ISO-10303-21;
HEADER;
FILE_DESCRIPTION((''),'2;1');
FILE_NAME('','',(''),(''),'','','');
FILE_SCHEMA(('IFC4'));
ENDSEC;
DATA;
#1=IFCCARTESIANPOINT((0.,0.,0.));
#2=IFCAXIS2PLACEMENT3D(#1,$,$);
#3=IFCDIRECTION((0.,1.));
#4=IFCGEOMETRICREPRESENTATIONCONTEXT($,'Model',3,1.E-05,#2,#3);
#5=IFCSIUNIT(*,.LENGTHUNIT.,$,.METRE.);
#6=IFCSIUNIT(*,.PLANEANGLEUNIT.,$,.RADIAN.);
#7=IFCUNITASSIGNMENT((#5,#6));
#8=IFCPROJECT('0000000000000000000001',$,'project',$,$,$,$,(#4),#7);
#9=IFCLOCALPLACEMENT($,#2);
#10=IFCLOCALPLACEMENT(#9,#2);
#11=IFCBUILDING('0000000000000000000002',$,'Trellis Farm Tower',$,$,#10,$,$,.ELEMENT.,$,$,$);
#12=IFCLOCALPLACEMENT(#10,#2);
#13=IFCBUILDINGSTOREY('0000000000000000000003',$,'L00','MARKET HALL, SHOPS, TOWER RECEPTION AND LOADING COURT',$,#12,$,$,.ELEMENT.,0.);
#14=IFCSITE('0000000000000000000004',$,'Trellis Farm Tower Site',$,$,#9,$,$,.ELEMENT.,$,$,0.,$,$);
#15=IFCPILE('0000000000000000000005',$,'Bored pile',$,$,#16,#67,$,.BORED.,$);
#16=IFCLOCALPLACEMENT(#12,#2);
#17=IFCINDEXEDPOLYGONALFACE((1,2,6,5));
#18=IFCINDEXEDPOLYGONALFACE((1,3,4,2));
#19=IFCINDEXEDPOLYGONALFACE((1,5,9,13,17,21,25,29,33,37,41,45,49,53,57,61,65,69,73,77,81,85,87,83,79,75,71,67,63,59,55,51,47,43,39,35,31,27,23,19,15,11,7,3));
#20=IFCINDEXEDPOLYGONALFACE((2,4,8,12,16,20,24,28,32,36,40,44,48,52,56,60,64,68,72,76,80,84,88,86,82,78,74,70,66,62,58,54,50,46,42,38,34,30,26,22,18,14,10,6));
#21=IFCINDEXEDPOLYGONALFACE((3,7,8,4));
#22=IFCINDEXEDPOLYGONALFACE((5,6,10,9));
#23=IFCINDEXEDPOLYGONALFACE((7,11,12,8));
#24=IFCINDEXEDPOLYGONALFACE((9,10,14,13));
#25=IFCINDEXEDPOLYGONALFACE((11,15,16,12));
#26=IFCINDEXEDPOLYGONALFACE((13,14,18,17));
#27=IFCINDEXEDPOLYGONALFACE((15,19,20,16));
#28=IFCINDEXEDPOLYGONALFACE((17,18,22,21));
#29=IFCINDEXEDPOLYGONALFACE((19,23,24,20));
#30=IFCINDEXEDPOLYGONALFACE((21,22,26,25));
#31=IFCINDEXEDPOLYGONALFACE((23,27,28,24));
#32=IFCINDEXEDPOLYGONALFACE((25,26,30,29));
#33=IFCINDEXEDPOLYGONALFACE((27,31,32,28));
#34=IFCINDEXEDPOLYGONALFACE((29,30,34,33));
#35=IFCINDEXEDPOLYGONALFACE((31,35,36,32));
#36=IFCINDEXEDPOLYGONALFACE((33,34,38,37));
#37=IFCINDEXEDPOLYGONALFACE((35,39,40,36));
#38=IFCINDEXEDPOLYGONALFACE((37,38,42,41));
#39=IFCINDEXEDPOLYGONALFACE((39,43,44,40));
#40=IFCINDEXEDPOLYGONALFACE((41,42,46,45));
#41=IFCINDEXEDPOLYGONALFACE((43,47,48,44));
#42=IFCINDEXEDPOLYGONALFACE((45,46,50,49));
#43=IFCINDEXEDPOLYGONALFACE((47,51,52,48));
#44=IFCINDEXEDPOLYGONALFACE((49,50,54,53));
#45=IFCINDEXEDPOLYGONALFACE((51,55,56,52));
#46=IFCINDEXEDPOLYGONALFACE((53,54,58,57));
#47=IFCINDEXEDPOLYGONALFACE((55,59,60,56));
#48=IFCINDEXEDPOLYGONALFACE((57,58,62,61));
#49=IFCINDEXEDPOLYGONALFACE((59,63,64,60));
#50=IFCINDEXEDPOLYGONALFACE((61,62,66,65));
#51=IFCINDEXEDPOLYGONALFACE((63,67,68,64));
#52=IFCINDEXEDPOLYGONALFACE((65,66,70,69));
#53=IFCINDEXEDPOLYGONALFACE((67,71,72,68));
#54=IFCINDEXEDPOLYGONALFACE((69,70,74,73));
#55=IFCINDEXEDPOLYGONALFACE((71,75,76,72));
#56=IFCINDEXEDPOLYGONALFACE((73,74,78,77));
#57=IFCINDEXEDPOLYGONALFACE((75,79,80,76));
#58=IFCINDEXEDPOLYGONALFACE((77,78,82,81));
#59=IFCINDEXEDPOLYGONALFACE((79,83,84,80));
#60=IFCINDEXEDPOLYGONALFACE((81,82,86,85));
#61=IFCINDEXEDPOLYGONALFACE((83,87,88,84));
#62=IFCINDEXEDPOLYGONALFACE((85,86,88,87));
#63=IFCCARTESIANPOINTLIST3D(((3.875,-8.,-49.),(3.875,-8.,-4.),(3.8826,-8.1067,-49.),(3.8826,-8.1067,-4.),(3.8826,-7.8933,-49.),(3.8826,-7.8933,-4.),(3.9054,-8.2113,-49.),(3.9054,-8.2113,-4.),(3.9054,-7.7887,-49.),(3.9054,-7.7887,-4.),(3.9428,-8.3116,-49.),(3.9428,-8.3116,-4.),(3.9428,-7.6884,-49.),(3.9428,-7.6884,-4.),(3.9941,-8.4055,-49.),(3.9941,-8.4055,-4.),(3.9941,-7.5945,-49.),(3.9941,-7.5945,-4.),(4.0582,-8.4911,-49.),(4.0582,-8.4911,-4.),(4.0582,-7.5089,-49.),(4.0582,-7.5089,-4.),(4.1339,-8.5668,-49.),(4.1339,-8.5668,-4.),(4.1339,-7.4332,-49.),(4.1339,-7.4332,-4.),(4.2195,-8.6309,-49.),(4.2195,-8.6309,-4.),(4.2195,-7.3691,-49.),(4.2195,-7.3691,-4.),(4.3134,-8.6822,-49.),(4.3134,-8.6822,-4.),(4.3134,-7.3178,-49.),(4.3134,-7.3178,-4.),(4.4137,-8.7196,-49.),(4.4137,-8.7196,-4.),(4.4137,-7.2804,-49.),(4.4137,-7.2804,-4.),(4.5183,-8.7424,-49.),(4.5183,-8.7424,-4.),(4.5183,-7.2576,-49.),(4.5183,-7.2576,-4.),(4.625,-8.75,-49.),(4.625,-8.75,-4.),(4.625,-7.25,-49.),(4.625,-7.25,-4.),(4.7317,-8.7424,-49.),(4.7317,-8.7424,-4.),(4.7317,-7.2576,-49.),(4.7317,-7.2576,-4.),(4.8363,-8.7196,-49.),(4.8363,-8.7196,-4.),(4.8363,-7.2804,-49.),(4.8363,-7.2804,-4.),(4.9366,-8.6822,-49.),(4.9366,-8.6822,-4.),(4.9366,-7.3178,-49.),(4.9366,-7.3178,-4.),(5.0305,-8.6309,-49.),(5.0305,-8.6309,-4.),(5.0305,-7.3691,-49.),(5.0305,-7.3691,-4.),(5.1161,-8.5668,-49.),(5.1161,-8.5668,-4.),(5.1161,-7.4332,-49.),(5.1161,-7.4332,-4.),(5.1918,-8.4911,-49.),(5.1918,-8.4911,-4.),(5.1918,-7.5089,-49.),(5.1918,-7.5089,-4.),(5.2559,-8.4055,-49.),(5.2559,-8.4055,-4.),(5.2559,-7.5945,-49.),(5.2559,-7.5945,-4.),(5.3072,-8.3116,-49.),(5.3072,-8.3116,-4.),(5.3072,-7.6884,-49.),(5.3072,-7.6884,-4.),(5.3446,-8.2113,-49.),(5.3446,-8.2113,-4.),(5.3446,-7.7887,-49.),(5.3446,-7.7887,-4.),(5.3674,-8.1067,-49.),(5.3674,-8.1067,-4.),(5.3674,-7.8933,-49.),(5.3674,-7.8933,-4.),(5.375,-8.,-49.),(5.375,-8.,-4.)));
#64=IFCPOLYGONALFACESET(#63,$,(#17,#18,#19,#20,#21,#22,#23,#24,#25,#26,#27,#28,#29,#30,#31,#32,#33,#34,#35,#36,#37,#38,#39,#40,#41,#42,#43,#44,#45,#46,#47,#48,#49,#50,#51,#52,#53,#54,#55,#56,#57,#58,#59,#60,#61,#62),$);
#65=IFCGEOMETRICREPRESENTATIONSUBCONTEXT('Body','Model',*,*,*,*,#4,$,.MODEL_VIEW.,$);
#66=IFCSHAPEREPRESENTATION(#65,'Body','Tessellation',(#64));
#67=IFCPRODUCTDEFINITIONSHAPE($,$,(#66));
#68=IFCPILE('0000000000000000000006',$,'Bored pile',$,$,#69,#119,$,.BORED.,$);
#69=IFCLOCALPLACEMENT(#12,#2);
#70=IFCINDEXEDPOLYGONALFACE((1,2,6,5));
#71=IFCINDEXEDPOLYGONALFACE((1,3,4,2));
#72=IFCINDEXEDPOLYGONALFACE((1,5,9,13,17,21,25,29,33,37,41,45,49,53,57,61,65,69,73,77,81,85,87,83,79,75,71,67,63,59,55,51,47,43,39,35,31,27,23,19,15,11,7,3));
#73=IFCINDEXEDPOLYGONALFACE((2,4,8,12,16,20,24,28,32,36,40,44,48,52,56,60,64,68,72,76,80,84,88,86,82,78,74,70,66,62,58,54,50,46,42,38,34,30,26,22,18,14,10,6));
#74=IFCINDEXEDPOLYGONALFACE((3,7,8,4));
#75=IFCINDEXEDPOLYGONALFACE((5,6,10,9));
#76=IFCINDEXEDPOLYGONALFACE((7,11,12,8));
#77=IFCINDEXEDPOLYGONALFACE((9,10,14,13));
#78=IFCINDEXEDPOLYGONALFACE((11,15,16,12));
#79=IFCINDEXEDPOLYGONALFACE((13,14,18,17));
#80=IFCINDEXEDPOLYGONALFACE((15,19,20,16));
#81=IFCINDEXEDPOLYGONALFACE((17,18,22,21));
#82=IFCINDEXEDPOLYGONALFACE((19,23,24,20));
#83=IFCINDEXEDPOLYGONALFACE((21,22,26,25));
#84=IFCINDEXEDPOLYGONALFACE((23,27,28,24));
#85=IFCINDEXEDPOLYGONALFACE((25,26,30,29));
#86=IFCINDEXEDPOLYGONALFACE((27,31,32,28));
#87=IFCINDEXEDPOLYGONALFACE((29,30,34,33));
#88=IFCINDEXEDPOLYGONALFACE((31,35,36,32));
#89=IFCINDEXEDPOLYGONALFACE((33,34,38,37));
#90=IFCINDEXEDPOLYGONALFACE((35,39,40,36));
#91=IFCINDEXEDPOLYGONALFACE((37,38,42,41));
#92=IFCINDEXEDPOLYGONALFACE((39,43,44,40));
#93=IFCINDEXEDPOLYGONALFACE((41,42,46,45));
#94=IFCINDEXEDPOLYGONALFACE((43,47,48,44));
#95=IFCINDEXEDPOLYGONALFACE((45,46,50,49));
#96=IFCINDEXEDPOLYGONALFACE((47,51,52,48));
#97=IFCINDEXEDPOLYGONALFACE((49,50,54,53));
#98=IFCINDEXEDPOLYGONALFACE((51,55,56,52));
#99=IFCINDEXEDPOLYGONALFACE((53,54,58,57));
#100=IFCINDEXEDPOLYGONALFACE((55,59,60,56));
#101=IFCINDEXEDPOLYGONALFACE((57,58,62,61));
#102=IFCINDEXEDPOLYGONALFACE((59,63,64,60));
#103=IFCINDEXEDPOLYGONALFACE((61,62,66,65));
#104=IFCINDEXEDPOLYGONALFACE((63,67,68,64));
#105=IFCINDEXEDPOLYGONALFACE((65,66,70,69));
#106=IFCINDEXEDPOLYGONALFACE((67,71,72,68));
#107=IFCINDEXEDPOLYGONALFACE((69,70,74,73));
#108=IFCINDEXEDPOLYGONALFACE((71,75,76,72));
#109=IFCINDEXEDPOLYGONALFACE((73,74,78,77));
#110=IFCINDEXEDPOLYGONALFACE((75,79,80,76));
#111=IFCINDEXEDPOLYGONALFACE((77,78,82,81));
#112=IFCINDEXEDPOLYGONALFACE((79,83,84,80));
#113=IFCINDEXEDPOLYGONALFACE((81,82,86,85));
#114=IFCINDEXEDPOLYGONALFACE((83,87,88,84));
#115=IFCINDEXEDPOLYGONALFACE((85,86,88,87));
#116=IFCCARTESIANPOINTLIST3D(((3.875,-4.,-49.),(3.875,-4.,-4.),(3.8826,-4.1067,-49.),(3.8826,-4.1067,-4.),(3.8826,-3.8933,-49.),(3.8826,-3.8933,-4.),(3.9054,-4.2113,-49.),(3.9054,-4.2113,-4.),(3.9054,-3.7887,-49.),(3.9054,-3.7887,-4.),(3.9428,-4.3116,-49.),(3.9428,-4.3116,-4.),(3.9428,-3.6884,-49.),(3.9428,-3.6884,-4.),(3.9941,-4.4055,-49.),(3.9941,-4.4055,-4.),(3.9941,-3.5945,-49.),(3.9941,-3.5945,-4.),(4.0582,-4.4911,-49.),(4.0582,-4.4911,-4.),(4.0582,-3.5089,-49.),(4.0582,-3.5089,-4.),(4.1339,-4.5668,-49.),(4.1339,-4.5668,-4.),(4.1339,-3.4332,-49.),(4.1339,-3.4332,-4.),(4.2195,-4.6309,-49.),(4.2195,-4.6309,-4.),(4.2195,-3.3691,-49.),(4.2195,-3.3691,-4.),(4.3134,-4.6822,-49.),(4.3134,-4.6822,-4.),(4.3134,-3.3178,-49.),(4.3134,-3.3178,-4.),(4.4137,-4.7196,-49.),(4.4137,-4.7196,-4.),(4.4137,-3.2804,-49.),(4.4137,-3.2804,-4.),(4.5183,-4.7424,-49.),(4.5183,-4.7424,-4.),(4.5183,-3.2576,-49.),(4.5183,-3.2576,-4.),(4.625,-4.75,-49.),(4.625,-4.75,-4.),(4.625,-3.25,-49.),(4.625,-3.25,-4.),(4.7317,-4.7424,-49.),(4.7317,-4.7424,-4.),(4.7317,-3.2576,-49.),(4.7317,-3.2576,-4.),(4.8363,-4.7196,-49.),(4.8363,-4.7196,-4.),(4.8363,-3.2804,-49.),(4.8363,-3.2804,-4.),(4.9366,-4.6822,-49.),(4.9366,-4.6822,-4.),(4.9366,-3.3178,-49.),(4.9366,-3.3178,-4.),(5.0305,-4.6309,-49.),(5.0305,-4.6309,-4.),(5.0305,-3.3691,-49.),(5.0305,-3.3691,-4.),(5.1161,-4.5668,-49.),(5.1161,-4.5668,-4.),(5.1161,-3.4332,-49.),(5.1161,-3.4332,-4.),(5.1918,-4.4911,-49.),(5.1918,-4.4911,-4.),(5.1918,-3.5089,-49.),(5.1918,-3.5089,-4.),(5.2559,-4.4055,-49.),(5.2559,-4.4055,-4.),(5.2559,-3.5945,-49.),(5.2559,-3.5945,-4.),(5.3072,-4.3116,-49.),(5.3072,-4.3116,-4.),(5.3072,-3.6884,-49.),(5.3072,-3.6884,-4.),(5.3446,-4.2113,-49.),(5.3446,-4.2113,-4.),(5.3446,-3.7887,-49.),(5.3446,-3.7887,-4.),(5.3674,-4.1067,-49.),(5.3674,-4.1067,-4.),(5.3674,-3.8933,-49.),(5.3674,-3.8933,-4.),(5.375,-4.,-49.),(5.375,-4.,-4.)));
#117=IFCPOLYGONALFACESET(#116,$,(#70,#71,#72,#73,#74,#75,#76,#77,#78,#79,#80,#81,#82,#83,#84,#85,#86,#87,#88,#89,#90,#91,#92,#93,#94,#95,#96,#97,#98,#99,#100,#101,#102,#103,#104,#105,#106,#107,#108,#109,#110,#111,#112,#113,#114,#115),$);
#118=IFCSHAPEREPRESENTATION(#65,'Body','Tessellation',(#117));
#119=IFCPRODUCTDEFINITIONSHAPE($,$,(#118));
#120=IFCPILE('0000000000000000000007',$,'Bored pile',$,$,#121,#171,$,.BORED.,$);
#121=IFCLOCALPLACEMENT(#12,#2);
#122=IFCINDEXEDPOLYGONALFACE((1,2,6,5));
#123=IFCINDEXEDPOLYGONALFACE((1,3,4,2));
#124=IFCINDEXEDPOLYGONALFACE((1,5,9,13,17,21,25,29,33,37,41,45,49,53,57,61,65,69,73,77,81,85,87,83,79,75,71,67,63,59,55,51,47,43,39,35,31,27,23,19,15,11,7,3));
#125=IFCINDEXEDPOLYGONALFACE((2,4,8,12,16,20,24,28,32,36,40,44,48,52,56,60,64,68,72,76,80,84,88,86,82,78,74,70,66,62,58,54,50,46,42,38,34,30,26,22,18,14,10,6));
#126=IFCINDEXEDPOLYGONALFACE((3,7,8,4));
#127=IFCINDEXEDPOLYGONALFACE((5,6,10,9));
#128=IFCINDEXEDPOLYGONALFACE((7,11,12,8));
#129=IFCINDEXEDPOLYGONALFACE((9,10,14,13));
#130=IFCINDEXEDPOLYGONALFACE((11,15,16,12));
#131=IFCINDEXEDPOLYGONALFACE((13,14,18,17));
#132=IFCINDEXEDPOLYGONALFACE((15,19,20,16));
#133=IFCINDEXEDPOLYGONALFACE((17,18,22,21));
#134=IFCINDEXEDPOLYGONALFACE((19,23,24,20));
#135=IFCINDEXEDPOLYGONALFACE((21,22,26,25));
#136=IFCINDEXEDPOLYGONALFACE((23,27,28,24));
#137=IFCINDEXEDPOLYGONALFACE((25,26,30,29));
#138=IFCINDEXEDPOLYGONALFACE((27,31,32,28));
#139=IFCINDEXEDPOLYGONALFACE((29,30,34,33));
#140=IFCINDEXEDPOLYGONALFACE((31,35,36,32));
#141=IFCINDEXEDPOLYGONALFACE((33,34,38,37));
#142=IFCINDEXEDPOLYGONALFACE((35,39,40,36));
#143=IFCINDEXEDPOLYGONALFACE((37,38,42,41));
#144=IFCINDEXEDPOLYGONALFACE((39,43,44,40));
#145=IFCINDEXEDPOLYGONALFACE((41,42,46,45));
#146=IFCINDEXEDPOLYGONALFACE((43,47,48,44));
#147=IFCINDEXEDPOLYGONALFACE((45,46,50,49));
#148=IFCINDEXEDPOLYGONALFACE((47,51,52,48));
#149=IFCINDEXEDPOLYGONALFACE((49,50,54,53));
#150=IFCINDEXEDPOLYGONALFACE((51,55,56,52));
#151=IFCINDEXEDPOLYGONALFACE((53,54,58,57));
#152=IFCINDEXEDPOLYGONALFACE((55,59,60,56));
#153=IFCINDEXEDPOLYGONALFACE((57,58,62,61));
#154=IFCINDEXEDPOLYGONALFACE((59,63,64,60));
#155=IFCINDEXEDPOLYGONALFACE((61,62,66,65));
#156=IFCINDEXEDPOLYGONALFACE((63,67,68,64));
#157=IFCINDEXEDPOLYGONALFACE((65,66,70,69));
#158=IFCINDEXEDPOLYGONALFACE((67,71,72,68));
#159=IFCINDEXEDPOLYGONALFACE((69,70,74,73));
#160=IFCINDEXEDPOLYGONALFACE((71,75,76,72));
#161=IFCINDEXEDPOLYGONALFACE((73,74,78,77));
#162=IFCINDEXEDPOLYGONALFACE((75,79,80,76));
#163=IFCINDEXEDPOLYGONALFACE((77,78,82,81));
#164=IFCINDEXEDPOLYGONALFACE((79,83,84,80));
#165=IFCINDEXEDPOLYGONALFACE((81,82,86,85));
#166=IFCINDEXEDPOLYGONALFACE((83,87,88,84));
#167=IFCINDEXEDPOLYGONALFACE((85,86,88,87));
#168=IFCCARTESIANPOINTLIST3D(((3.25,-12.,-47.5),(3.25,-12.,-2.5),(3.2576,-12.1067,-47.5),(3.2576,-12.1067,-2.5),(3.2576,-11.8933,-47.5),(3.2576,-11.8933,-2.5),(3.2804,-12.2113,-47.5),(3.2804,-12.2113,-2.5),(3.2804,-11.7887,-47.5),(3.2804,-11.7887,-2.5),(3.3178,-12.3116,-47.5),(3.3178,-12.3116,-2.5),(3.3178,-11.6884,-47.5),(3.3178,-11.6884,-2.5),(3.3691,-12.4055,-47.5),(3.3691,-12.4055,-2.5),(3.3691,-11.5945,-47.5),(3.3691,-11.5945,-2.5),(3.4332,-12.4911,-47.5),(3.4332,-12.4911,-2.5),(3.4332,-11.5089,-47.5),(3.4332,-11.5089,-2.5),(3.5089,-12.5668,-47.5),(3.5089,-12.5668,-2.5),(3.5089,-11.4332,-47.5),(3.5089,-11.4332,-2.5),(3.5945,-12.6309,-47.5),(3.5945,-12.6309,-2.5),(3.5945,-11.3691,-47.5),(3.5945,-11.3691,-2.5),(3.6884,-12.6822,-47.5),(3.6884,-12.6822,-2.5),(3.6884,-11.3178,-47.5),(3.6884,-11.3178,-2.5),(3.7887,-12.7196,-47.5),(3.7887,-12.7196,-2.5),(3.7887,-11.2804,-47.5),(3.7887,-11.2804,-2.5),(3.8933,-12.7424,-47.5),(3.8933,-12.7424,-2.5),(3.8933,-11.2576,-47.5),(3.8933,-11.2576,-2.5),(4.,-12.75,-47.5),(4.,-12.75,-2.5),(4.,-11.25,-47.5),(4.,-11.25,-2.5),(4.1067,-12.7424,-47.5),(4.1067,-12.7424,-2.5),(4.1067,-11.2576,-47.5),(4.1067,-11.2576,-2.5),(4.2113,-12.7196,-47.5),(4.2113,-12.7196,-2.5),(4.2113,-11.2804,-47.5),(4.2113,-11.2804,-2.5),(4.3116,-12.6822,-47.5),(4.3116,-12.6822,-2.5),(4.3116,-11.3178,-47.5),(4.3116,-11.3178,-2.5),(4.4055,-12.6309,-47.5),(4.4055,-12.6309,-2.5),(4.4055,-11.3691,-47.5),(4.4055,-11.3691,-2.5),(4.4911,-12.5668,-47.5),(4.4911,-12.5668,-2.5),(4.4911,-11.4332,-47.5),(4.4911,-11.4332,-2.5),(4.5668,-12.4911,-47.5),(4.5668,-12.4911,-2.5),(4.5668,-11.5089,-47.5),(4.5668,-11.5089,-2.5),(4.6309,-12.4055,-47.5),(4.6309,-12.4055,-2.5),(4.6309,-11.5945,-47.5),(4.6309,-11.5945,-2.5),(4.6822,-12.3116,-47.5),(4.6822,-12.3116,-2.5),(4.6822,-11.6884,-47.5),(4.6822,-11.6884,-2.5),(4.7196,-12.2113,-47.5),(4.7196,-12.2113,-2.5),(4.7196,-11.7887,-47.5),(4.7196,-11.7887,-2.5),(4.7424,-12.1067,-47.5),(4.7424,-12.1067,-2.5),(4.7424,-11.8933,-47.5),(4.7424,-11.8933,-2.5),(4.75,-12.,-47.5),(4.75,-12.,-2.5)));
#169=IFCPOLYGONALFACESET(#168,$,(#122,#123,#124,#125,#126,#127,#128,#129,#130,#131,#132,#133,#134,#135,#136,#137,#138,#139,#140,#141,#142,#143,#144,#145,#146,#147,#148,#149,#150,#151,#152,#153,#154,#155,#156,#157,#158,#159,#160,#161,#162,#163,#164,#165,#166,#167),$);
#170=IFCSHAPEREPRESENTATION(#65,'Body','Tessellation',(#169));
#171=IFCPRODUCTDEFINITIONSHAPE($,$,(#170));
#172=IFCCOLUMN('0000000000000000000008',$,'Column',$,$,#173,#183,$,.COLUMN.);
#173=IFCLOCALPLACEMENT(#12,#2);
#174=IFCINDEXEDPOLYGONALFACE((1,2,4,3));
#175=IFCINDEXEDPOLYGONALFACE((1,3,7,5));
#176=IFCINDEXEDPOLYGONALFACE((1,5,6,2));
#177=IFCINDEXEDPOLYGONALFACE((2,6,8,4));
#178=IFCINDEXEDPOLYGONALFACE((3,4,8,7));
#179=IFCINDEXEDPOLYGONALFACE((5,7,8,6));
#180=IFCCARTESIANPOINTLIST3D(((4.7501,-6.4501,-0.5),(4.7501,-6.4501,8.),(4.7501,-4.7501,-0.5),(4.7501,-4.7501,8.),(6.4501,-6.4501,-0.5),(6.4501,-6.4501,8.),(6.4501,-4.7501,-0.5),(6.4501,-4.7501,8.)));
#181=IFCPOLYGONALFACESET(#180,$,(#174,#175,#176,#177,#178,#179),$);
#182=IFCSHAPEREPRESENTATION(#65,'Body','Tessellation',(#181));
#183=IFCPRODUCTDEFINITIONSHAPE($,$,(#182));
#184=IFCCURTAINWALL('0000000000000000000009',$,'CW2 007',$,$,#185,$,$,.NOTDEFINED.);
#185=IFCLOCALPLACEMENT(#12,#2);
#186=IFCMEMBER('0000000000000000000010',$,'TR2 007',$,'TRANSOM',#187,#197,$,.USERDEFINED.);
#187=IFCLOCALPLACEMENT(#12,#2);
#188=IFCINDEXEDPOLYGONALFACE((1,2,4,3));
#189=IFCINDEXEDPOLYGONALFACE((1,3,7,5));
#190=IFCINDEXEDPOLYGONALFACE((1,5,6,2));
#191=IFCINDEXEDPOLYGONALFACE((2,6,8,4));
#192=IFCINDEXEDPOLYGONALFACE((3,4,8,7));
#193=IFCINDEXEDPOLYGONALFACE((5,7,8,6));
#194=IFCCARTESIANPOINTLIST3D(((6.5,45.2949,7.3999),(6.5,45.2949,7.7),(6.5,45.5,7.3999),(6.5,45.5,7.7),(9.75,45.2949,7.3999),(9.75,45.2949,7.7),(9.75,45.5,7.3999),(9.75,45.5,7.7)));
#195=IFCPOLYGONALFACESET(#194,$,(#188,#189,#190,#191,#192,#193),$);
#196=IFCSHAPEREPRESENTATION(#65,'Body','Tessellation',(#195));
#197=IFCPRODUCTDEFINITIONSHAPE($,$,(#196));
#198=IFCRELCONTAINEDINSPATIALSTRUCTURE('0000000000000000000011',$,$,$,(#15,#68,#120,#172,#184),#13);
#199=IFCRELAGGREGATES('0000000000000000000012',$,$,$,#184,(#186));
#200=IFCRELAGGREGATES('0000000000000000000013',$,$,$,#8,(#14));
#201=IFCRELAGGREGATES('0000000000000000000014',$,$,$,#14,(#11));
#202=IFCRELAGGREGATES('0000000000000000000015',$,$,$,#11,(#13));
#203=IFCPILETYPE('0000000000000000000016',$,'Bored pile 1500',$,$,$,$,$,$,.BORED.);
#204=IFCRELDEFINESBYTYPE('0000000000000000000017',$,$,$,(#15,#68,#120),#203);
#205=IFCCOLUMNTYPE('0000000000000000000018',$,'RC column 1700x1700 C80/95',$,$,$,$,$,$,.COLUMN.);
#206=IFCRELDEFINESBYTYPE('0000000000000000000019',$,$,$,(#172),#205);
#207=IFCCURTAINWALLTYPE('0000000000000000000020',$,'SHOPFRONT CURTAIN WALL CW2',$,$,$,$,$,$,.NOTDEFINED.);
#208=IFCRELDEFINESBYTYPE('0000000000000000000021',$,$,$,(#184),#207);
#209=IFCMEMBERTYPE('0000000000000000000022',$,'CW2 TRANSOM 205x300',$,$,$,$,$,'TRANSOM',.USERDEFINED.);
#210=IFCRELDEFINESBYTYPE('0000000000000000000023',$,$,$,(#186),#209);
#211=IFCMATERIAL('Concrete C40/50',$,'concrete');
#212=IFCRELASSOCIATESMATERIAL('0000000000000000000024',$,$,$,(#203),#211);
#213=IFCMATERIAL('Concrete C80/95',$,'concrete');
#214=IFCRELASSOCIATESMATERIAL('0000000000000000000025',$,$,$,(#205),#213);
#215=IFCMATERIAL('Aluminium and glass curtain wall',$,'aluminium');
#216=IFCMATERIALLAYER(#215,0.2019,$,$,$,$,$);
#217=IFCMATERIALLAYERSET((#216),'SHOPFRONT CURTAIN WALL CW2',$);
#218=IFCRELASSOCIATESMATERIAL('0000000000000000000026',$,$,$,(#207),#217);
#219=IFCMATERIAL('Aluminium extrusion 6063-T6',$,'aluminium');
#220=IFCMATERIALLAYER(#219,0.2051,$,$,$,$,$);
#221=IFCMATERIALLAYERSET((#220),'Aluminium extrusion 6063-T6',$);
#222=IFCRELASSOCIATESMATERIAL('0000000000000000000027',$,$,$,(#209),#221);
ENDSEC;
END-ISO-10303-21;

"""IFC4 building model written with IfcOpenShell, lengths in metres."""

from ifc_helpers import new_model, si_unit, direction, frame, origin, origin_2d, place, context, subcontext, project, spatial, polyline, rectangle, circle, outline, extrude, source, transform, mapped, material, layer, layer_set, material_profile, profile_set, type_object, element, aggregate, save


model = new_model("IFC4")

# Units and contexts
model_context = context("Model", 3, precision=1e-05, world=origin(), true_north=direction((0.0, 1.0)))
body_context = subcontext(model_context, "Body", "Model", "MODEL_VIEW")
ifc_project = project(units=[si_unit("LENGTHUNIT", "METRE"), si_unit("PLANEANGLEUNIT", "RADIAN")], contexts=[model_context])

# Site, building, storey
site_placement = place(None, origin())
site = spatial("IfcSite", under=ifc_project, at=site_placement, Name="Trellis Farm Tower Site", CompositionType="ELEMENT", RefElevation=0.0)
building_placement = place(site_placement, origin())
building = spatial("IfcBuilding", under=site, at=building_placement, Name="Trellis Farm Tower", CompositionType="ELEMENT")
storey_placement = place(building_placement, origin())
storey = spatial("IfcBuildingStorey", under=building, at=storey_placement, Name="L00", Description="MARKET HALL, SHOPS, TOWER RECEPTION AND LOADING COURT", CompositionType="ELEMENT", Elevation=0.0)

# Piles
ifc_material_1 = material(Name="Concrete C40/50", Category="concrete")
ifc_material_profile_1 = material_profile(ifc_material_1, circle(Radius=0.75, at=origin_2d()), Name="Bored pile 1500")
ifc_profile_set_1 = profile_set([ifc_material_profile_1], Name="Concrete C40/50")
pile_type = type_object("IfcPileType", Name="Bored pile 1500", PredefinedType="BORED", material=ifc_profile_set_1)
shared_shape_1 = source(origin(), body_context, "Body", "SweptSolid", [
    extrude(circle(Radius=0.75, at=origin_2d()), origin(), (0.0, 0.0, 1.0), 45.0),
])
for number, where, z_axis, x_axis, name in (
    (1, (4.625, -8.0, -4.0), (0.0, 0.0, -1.0), (1.0, 0.0, 0.0), "Bored pile"),
    (2, (4.625, -4.0, -4.0), (0.0, 0.0, -1.0), (1.0, 0.0, 0.0), "Bored pile"),
    (3, (4.0, -12.0, -2.5), (0.0, 0.0, -1.0), (1.0, 0.0, 0.0), "Bored pile"),
):
    element("IfcPile", number, at=place(storey_placement, frame(where, z_axis=z_axis, x_axis=x_axis)), inside=storey, type_object=pile_type, Name=name, PredefinedType="BORED", context=body_context, shape_type="MappedRepresentation", body=[
        mapped(shared_shape_1, transform((0.0, 0.0, 0.0))),
    ])

# Column
ifc_material_2 = material(Name="Concrete C80/95", Category="concrete")
ifc_material_profile_2 = material_profile(ifc_material_2, rectangle(XDim=1.7, YDim=1.7, at=origin_2d()), Name="RC column 1700x1700 C80/95")
ifc_profile_set_2 = profile_set([ifc_material_profile_2], Name="Concrete C80/95")
column_type = type_object("IfcColumnType", Name="RC column 1700x1700 C80/95", PredefinedType="COLUMN", material=ifc_profile_set_2)
shared_shape_2 = source(origin(), body_context, "Body", "SweptSolid", [
    extrude(rectangle(XDim=1.7, YDim=1.7, at=origin_2d()), origin(), (0.0, 0.0, 1.0), 8.5),
])
column_placement = place(storey_placement, frame((5.6001, -5.6001, -0.5), z_axis=(0.0, 0.0, 1.0), x_axis=(1.0, 0.0, 0.0)))
element("IfcColumn", 4, at=column_placement, inside=storey, type_object=column_type, Name="Column", PredefinedType="COLUMN", context=body_context, shape_type="MappedRepresentation", body=[
    mapped(shared_shape_2, transform((0.0, 0.0, 0.0))),
])

# Curtain wall, member
ifc_material_3 = material(Name="Aluminium and glass curtain wall", Category="aluminium")
ifc_layer_1 = layer(ifc_material_3, 0.2019)
ifc_layer_set_1 = layer_set([ifc_layer_1], Name="SHOPFRONT CURTAIN WALL CW2")
curtain_wall_type_1 = type_object("IfcCurtainWallType", Name="SHOPFRONT CURTAIN WALL CW2", PredefinedType="NOTDEFINED", material=ifc_layer_set_1)
placement_1 = place(storey_placement, origin())
curtain_wall_1 = element("IfcCurtainWall", 5, at=placement_1, inside=storey, type_object=curtain_wall_type_1, Name="CW2 007", PredefinedType="NOTDEFINED")
ifc_material_4 = material(Name="Aluminium extrusion 6063-T6", Category="aluminium")
ifc_layer_2 = layer(ifc_material_4, 0.2051)
ifc_layer_set_2 = layer_set([ifc_layer_2], Name="Aluminium extrusion 6063-T6")
member_type_1 = type_object("IfcMemberType", Name="CW2 TRANSOM 205x300", ElementType="TRANSOM", PredefinedType="USERDEFINED", material=ifc_layer_set_2)
placement_2 = place(storey_placement, frame((0.0, 0.0, 7.3999)))
member_1 = element("IfcMember", 6, at=placement_2, type_object=member_type_1, Name="TR2 007", ObjectType="TRANSOM", PredefinedType="USERDEFINED", context=body_context, shape_type="SweptSolid", body=[
    extrude(outline(polyline([(9.75, 45.5), (6.5, 45.5), (6.5, 45.2949), (9.75, 45.2949), (9.75, 45.5)])), origin(), (0.0, 0.0, 1.0), 0.3),
])

aggregate(curtain_wall_1, [member_1])

save(model, "model.ifc")
